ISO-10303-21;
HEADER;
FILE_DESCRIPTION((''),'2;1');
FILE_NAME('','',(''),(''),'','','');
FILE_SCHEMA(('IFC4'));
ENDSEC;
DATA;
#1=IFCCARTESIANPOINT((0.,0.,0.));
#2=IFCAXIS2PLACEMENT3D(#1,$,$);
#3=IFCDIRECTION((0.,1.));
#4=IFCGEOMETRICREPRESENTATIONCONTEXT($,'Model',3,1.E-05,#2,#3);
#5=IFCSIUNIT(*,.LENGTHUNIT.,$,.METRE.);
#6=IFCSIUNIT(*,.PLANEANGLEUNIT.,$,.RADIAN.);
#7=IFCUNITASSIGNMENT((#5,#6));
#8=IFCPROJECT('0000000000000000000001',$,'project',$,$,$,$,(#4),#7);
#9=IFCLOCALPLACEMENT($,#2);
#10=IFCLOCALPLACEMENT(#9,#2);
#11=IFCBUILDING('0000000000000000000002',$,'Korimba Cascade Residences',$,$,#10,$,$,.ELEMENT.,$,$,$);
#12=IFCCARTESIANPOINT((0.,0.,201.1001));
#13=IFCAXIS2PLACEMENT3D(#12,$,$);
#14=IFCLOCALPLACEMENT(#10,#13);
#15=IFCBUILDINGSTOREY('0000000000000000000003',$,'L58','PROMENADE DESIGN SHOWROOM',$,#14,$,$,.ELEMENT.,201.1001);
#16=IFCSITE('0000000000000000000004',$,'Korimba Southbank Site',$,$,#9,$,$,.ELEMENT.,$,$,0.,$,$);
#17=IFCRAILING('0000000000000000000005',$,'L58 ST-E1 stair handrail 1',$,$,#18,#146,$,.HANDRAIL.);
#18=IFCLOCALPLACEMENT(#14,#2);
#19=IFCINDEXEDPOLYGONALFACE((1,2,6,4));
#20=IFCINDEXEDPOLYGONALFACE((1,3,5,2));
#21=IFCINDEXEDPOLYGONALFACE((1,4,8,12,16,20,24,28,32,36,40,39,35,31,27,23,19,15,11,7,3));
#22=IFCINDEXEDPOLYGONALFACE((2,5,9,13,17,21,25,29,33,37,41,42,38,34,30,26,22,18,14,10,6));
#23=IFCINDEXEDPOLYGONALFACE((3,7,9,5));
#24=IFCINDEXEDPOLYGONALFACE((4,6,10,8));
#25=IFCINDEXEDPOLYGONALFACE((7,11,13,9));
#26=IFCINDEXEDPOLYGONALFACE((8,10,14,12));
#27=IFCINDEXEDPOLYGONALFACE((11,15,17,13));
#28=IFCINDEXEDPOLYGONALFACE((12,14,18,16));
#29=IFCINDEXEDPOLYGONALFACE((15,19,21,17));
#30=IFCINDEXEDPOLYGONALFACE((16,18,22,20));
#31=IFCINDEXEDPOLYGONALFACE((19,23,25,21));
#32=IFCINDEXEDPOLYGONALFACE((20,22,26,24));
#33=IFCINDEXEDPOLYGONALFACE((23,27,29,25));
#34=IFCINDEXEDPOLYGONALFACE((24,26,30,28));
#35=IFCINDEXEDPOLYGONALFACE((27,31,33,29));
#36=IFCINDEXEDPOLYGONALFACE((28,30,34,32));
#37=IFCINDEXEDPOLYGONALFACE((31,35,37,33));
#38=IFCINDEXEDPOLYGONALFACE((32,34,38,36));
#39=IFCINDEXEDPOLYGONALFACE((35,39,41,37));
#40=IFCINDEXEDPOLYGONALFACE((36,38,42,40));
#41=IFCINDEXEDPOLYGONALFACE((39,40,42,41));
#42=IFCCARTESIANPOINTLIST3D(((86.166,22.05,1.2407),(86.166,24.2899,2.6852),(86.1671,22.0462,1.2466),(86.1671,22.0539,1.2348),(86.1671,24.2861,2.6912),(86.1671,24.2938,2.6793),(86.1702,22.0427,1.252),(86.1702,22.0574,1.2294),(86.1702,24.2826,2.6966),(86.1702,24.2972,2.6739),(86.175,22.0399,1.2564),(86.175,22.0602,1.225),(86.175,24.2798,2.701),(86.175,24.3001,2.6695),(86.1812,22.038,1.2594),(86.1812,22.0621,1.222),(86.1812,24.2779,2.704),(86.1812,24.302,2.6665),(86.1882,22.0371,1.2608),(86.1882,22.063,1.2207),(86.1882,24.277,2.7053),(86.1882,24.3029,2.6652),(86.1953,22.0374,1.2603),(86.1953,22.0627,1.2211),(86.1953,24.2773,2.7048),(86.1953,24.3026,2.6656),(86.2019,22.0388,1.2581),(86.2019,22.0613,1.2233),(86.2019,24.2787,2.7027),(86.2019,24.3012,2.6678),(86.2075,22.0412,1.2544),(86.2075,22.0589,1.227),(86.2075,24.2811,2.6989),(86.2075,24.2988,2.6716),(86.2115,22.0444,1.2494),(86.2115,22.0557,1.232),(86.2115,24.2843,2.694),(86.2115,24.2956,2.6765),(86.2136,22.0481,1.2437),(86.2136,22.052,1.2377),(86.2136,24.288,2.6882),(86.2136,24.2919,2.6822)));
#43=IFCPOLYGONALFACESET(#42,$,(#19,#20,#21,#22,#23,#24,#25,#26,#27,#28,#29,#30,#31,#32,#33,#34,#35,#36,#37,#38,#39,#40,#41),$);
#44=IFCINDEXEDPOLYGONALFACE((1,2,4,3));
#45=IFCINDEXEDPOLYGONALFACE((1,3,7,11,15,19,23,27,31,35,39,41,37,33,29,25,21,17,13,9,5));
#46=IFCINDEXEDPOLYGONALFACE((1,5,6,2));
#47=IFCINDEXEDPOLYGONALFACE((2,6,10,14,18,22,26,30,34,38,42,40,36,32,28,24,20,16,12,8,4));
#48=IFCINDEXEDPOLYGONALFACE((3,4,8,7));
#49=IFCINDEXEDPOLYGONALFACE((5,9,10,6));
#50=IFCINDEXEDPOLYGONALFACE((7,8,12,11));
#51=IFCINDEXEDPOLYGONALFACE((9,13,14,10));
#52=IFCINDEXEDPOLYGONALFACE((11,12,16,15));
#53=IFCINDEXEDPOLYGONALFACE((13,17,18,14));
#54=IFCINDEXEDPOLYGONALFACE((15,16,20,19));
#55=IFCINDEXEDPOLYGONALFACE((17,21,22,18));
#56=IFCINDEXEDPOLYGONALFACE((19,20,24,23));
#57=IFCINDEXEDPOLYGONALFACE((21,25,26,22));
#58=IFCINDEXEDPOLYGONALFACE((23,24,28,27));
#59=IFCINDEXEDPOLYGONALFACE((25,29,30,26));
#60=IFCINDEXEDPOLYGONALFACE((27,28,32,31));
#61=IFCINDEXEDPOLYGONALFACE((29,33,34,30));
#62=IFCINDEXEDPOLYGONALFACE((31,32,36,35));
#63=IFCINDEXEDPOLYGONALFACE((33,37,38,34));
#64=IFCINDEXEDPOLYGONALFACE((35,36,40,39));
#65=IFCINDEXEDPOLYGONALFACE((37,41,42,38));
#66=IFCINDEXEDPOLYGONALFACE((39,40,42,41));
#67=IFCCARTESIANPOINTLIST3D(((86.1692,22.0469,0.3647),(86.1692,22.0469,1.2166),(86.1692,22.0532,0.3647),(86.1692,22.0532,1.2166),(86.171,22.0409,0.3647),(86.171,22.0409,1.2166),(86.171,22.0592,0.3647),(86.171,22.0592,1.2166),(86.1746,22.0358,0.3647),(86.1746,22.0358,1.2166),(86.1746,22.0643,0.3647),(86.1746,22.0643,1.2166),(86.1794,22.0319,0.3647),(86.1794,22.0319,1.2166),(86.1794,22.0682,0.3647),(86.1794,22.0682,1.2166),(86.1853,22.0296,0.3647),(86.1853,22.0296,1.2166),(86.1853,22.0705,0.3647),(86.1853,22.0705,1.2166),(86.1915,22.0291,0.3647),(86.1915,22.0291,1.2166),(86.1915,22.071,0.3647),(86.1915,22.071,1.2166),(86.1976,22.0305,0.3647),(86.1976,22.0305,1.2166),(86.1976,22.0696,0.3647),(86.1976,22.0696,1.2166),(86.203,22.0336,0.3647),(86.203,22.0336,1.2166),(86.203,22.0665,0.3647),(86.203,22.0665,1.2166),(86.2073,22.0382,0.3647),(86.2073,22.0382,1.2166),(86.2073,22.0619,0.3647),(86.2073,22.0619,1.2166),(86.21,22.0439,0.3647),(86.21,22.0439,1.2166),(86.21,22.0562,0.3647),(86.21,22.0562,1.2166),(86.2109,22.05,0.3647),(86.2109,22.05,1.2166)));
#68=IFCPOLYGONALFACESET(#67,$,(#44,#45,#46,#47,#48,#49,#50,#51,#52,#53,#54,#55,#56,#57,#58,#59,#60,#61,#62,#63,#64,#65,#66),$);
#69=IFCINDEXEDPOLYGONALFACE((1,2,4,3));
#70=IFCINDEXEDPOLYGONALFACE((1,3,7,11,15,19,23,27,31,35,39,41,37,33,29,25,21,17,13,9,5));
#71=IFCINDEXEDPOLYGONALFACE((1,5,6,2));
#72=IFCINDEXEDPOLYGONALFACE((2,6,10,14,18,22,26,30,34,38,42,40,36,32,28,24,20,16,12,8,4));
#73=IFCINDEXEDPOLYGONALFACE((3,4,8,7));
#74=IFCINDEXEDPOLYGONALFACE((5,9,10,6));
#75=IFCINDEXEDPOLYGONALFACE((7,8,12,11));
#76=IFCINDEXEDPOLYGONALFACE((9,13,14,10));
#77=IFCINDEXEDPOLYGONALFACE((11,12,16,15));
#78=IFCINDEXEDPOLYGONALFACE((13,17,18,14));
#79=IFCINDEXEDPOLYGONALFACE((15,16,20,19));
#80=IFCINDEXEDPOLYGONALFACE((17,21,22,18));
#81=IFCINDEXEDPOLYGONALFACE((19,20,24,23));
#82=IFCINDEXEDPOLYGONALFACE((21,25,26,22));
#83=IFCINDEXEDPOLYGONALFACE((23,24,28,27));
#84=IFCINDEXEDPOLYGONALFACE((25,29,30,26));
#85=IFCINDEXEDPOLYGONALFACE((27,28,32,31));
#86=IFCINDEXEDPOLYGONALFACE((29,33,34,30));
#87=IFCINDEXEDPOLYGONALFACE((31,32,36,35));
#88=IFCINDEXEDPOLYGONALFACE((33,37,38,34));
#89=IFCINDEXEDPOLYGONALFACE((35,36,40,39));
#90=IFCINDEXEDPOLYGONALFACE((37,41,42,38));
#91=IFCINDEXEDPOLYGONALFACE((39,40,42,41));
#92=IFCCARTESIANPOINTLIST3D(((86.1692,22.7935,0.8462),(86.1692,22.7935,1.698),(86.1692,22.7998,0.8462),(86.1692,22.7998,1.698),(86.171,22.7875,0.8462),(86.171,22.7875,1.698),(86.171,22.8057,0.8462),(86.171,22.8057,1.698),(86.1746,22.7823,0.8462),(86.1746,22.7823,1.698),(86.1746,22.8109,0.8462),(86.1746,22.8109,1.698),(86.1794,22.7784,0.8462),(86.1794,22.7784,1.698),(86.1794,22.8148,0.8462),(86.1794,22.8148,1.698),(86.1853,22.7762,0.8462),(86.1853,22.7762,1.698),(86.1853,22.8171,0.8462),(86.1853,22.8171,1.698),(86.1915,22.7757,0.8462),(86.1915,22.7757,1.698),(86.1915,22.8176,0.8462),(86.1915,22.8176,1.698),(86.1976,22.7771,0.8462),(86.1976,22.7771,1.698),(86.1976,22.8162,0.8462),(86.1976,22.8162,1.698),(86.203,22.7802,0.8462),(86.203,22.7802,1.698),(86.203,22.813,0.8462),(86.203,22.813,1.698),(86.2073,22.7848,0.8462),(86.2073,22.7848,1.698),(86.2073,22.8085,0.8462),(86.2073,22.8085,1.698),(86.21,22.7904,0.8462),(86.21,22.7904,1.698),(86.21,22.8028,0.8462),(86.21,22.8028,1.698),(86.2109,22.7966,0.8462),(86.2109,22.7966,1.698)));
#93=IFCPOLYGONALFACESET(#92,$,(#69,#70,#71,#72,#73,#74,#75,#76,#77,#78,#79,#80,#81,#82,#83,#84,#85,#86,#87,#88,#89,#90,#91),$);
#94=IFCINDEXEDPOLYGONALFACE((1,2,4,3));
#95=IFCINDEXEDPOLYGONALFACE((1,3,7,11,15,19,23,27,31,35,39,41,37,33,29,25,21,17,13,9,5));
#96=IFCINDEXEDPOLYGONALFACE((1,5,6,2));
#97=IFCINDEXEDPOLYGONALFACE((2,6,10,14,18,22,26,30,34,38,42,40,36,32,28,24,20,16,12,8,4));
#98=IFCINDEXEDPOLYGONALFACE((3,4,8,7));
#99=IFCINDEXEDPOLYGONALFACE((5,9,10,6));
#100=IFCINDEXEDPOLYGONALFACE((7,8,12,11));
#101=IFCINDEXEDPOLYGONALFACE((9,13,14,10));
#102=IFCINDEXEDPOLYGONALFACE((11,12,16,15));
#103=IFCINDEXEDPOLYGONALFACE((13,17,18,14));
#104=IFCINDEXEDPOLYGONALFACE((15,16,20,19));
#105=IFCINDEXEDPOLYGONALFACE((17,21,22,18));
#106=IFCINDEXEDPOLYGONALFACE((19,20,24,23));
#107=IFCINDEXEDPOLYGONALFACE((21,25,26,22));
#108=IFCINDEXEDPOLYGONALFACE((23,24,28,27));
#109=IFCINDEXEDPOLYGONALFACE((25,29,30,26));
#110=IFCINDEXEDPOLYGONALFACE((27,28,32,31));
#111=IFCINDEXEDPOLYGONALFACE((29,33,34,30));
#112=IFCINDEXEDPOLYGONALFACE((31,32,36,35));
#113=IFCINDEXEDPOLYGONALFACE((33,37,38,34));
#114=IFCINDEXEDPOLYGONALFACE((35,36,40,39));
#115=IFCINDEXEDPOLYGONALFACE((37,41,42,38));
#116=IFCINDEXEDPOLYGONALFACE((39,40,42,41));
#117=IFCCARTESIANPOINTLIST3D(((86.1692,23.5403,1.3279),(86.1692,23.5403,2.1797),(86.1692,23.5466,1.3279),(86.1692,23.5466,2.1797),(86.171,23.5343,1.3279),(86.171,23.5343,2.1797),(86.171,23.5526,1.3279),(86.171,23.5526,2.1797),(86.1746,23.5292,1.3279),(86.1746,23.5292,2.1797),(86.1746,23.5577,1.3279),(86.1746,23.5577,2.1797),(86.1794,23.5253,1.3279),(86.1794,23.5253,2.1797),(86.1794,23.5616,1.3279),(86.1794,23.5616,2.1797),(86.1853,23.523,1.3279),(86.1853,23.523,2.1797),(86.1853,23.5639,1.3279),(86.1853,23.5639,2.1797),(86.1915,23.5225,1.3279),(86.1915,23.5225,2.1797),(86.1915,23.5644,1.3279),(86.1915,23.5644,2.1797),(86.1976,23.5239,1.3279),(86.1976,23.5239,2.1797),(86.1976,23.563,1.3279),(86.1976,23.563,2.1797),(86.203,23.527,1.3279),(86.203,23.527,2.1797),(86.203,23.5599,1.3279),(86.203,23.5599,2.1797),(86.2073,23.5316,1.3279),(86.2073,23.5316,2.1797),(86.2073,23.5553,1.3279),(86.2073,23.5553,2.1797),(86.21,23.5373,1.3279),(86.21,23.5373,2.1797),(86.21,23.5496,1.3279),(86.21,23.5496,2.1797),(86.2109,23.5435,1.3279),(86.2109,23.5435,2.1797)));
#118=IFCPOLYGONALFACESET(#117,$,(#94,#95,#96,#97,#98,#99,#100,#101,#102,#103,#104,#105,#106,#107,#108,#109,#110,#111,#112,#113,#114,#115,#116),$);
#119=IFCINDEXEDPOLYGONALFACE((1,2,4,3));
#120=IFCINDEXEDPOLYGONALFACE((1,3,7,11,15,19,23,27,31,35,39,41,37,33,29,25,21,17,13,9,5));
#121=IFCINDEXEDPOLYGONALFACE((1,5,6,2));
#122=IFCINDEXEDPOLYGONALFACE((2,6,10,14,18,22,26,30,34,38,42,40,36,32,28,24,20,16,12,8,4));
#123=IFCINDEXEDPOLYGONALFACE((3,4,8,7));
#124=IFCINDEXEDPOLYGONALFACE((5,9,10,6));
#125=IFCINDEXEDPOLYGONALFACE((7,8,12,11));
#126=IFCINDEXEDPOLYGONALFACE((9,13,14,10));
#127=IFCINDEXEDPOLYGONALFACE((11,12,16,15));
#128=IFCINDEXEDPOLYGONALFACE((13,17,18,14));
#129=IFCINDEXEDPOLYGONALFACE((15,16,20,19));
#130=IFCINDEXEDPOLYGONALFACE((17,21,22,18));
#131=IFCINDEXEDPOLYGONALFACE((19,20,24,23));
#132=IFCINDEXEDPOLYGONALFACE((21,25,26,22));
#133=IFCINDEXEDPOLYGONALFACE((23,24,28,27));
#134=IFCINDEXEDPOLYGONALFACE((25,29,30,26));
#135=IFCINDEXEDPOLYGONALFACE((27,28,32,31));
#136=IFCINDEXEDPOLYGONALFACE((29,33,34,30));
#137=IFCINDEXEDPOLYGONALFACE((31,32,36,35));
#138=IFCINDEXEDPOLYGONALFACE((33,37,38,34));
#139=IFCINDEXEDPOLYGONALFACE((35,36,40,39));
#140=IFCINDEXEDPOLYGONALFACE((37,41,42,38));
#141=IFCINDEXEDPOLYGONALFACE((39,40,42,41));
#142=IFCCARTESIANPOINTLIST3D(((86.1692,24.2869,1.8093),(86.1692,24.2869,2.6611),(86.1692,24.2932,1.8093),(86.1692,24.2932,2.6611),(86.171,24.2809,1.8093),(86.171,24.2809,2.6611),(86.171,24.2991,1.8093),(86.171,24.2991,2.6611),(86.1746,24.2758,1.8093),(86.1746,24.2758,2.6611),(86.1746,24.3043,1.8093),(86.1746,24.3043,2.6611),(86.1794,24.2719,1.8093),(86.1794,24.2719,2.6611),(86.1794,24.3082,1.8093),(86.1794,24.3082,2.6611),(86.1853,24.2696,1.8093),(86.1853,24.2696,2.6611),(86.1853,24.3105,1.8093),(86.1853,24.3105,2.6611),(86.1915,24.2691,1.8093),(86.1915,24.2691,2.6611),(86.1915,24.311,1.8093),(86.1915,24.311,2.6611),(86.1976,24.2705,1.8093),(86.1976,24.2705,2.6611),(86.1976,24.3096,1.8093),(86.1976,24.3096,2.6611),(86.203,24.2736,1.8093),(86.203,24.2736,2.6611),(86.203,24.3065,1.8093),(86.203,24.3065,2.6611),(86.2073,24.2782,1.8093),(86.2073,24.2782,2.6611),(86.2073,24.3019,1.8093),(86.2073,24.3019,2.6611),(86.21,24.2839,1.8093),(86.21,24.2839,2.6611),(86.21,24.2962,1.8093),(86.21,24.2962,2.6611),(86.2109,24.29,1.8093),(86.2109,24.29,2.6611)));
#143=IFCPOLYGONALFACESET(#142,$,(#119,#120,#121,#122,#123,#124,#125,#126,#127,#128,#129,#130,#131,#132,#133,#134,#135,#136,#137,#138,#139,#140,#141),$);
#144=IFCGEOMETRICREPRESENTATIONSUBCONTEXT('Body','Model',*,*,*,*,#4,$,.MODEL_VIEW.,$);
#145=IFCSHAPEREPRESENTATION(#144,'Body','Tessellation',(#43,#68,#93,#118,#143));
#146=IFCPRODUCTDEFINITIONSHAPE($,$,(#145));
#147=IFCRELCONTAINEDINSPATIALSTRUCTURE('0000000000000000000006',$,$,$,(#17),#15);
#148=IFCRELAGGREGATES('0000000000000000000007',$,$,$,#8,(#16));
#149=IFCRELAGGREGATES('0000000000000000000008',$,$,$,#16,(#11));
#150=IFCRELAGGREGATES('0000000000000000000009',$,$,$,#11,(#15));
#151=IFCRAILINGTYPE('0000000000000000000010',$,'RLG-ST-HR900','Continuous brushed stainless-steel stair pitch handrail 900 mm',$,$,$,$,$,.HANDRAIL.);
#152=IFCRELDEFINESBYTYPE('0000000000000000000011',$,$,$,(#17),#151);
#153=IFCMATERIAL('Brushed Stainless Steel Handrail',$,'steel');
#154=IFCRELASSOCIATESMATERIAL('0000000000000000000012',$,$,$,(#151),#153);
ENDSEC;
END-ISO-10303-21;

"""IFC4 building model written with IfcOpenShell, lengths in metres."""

from ifc_helpers import new_model, si_unit, direction, frame, origin, origin_2d, place, context, subcontext, project, spatial, circle, extrude, material, type_object, element, save


model = new_model("IFC4")

# Units and contexts
model_context = context("Model", 3, precision=1e-05, world=origin(), true_north=direction((0.0, 1.0)))
body_context = subcontext(model_context, "Body", "Model", "MODEL_VIEW")
ifc_project = project(units=[si_unit("LENGTHUNIT", "METRE"), si_unit("PLANEANGLEUNIT", "RADIAN")], contexts=[model_context])

# Site, building, storey
site_placement = place(None, origin())
site = spatial("IfcSite", under=ifc_project, at=site_placement, Name="Korimba Southbank Site", CompositionType="ELEMENT", RefElevation=0.0)
building_placement = place(site_placement, origin())
building = spatial("IfcBuilding", under=site, at=building_placement, Name="Korimba Cascade Residences", CompositionType="ELEMENT")
storey_placement = place(building_placement, frame((0.0, 0.0, 201.1001)))
storey = spatial("IfcBuildingStorey", under=building, at=storey_placement, Name="L58", Description="PROMENADE DESIGN SHOWROOM", CompositionType="ELEMENT", Elevation=201.1001)

# Railing
ifc_material_1 = material(Name="Brushed Stainless Steel Handrail", Category="steel")
railing_type_1 = type_object("IfcRailingType", Name="RLG-ST-HR900", Description="Continuous brushed stainless-steel stair pitch handrail 900 mm", PredefinedType="HANDRAIL", material=ifc_material_1)
railing_1_placement = place(storey_placement, frame((86.1899, 22.05, 0.3647)))
element("IfcRailing", 1, at=railing_1_placement, inside=storey, type_object=railing_type_1, Name="L58 ST-E1 stair handrail 1", PredefinedType="HANDRAIL", context=body_context, shape_type="SweptSolid", body=[
    extrude(circle(Radius=0.0239, at=origin_2d()), frame((0.0, 0.0, 0.876), z_axis=(0.0, 0.840395, 0.541975), x_axis=(-1.0, 0.0, 0.0)), (0.0, 0.0, 1.0), 2.6653),
    extrude(circle(Radius=0.021, at=origin_2d()), origin(), (0.0, 0.0, 1.0), 0.8518),
    extrude(circle(Radius=0.021, at=origin_2d()), frame((0.0, 0.7466, 0.4814)), (0.0, 0.0, 1.0), 0.8518),
    extrude(circle(Radius=0.021, at=origin_2d()), frame((0.0, 1.4934, 0.9631)), (0.0, 0.0, 1.0), 0.8518),
    extrude(circle(Radius=0.021, at=origin_2d()), frame((0.0, 2.24, 1.4446)), (0.0, 0.0, 1.0), 0.8518),
])

save(model, "model.ifc")
